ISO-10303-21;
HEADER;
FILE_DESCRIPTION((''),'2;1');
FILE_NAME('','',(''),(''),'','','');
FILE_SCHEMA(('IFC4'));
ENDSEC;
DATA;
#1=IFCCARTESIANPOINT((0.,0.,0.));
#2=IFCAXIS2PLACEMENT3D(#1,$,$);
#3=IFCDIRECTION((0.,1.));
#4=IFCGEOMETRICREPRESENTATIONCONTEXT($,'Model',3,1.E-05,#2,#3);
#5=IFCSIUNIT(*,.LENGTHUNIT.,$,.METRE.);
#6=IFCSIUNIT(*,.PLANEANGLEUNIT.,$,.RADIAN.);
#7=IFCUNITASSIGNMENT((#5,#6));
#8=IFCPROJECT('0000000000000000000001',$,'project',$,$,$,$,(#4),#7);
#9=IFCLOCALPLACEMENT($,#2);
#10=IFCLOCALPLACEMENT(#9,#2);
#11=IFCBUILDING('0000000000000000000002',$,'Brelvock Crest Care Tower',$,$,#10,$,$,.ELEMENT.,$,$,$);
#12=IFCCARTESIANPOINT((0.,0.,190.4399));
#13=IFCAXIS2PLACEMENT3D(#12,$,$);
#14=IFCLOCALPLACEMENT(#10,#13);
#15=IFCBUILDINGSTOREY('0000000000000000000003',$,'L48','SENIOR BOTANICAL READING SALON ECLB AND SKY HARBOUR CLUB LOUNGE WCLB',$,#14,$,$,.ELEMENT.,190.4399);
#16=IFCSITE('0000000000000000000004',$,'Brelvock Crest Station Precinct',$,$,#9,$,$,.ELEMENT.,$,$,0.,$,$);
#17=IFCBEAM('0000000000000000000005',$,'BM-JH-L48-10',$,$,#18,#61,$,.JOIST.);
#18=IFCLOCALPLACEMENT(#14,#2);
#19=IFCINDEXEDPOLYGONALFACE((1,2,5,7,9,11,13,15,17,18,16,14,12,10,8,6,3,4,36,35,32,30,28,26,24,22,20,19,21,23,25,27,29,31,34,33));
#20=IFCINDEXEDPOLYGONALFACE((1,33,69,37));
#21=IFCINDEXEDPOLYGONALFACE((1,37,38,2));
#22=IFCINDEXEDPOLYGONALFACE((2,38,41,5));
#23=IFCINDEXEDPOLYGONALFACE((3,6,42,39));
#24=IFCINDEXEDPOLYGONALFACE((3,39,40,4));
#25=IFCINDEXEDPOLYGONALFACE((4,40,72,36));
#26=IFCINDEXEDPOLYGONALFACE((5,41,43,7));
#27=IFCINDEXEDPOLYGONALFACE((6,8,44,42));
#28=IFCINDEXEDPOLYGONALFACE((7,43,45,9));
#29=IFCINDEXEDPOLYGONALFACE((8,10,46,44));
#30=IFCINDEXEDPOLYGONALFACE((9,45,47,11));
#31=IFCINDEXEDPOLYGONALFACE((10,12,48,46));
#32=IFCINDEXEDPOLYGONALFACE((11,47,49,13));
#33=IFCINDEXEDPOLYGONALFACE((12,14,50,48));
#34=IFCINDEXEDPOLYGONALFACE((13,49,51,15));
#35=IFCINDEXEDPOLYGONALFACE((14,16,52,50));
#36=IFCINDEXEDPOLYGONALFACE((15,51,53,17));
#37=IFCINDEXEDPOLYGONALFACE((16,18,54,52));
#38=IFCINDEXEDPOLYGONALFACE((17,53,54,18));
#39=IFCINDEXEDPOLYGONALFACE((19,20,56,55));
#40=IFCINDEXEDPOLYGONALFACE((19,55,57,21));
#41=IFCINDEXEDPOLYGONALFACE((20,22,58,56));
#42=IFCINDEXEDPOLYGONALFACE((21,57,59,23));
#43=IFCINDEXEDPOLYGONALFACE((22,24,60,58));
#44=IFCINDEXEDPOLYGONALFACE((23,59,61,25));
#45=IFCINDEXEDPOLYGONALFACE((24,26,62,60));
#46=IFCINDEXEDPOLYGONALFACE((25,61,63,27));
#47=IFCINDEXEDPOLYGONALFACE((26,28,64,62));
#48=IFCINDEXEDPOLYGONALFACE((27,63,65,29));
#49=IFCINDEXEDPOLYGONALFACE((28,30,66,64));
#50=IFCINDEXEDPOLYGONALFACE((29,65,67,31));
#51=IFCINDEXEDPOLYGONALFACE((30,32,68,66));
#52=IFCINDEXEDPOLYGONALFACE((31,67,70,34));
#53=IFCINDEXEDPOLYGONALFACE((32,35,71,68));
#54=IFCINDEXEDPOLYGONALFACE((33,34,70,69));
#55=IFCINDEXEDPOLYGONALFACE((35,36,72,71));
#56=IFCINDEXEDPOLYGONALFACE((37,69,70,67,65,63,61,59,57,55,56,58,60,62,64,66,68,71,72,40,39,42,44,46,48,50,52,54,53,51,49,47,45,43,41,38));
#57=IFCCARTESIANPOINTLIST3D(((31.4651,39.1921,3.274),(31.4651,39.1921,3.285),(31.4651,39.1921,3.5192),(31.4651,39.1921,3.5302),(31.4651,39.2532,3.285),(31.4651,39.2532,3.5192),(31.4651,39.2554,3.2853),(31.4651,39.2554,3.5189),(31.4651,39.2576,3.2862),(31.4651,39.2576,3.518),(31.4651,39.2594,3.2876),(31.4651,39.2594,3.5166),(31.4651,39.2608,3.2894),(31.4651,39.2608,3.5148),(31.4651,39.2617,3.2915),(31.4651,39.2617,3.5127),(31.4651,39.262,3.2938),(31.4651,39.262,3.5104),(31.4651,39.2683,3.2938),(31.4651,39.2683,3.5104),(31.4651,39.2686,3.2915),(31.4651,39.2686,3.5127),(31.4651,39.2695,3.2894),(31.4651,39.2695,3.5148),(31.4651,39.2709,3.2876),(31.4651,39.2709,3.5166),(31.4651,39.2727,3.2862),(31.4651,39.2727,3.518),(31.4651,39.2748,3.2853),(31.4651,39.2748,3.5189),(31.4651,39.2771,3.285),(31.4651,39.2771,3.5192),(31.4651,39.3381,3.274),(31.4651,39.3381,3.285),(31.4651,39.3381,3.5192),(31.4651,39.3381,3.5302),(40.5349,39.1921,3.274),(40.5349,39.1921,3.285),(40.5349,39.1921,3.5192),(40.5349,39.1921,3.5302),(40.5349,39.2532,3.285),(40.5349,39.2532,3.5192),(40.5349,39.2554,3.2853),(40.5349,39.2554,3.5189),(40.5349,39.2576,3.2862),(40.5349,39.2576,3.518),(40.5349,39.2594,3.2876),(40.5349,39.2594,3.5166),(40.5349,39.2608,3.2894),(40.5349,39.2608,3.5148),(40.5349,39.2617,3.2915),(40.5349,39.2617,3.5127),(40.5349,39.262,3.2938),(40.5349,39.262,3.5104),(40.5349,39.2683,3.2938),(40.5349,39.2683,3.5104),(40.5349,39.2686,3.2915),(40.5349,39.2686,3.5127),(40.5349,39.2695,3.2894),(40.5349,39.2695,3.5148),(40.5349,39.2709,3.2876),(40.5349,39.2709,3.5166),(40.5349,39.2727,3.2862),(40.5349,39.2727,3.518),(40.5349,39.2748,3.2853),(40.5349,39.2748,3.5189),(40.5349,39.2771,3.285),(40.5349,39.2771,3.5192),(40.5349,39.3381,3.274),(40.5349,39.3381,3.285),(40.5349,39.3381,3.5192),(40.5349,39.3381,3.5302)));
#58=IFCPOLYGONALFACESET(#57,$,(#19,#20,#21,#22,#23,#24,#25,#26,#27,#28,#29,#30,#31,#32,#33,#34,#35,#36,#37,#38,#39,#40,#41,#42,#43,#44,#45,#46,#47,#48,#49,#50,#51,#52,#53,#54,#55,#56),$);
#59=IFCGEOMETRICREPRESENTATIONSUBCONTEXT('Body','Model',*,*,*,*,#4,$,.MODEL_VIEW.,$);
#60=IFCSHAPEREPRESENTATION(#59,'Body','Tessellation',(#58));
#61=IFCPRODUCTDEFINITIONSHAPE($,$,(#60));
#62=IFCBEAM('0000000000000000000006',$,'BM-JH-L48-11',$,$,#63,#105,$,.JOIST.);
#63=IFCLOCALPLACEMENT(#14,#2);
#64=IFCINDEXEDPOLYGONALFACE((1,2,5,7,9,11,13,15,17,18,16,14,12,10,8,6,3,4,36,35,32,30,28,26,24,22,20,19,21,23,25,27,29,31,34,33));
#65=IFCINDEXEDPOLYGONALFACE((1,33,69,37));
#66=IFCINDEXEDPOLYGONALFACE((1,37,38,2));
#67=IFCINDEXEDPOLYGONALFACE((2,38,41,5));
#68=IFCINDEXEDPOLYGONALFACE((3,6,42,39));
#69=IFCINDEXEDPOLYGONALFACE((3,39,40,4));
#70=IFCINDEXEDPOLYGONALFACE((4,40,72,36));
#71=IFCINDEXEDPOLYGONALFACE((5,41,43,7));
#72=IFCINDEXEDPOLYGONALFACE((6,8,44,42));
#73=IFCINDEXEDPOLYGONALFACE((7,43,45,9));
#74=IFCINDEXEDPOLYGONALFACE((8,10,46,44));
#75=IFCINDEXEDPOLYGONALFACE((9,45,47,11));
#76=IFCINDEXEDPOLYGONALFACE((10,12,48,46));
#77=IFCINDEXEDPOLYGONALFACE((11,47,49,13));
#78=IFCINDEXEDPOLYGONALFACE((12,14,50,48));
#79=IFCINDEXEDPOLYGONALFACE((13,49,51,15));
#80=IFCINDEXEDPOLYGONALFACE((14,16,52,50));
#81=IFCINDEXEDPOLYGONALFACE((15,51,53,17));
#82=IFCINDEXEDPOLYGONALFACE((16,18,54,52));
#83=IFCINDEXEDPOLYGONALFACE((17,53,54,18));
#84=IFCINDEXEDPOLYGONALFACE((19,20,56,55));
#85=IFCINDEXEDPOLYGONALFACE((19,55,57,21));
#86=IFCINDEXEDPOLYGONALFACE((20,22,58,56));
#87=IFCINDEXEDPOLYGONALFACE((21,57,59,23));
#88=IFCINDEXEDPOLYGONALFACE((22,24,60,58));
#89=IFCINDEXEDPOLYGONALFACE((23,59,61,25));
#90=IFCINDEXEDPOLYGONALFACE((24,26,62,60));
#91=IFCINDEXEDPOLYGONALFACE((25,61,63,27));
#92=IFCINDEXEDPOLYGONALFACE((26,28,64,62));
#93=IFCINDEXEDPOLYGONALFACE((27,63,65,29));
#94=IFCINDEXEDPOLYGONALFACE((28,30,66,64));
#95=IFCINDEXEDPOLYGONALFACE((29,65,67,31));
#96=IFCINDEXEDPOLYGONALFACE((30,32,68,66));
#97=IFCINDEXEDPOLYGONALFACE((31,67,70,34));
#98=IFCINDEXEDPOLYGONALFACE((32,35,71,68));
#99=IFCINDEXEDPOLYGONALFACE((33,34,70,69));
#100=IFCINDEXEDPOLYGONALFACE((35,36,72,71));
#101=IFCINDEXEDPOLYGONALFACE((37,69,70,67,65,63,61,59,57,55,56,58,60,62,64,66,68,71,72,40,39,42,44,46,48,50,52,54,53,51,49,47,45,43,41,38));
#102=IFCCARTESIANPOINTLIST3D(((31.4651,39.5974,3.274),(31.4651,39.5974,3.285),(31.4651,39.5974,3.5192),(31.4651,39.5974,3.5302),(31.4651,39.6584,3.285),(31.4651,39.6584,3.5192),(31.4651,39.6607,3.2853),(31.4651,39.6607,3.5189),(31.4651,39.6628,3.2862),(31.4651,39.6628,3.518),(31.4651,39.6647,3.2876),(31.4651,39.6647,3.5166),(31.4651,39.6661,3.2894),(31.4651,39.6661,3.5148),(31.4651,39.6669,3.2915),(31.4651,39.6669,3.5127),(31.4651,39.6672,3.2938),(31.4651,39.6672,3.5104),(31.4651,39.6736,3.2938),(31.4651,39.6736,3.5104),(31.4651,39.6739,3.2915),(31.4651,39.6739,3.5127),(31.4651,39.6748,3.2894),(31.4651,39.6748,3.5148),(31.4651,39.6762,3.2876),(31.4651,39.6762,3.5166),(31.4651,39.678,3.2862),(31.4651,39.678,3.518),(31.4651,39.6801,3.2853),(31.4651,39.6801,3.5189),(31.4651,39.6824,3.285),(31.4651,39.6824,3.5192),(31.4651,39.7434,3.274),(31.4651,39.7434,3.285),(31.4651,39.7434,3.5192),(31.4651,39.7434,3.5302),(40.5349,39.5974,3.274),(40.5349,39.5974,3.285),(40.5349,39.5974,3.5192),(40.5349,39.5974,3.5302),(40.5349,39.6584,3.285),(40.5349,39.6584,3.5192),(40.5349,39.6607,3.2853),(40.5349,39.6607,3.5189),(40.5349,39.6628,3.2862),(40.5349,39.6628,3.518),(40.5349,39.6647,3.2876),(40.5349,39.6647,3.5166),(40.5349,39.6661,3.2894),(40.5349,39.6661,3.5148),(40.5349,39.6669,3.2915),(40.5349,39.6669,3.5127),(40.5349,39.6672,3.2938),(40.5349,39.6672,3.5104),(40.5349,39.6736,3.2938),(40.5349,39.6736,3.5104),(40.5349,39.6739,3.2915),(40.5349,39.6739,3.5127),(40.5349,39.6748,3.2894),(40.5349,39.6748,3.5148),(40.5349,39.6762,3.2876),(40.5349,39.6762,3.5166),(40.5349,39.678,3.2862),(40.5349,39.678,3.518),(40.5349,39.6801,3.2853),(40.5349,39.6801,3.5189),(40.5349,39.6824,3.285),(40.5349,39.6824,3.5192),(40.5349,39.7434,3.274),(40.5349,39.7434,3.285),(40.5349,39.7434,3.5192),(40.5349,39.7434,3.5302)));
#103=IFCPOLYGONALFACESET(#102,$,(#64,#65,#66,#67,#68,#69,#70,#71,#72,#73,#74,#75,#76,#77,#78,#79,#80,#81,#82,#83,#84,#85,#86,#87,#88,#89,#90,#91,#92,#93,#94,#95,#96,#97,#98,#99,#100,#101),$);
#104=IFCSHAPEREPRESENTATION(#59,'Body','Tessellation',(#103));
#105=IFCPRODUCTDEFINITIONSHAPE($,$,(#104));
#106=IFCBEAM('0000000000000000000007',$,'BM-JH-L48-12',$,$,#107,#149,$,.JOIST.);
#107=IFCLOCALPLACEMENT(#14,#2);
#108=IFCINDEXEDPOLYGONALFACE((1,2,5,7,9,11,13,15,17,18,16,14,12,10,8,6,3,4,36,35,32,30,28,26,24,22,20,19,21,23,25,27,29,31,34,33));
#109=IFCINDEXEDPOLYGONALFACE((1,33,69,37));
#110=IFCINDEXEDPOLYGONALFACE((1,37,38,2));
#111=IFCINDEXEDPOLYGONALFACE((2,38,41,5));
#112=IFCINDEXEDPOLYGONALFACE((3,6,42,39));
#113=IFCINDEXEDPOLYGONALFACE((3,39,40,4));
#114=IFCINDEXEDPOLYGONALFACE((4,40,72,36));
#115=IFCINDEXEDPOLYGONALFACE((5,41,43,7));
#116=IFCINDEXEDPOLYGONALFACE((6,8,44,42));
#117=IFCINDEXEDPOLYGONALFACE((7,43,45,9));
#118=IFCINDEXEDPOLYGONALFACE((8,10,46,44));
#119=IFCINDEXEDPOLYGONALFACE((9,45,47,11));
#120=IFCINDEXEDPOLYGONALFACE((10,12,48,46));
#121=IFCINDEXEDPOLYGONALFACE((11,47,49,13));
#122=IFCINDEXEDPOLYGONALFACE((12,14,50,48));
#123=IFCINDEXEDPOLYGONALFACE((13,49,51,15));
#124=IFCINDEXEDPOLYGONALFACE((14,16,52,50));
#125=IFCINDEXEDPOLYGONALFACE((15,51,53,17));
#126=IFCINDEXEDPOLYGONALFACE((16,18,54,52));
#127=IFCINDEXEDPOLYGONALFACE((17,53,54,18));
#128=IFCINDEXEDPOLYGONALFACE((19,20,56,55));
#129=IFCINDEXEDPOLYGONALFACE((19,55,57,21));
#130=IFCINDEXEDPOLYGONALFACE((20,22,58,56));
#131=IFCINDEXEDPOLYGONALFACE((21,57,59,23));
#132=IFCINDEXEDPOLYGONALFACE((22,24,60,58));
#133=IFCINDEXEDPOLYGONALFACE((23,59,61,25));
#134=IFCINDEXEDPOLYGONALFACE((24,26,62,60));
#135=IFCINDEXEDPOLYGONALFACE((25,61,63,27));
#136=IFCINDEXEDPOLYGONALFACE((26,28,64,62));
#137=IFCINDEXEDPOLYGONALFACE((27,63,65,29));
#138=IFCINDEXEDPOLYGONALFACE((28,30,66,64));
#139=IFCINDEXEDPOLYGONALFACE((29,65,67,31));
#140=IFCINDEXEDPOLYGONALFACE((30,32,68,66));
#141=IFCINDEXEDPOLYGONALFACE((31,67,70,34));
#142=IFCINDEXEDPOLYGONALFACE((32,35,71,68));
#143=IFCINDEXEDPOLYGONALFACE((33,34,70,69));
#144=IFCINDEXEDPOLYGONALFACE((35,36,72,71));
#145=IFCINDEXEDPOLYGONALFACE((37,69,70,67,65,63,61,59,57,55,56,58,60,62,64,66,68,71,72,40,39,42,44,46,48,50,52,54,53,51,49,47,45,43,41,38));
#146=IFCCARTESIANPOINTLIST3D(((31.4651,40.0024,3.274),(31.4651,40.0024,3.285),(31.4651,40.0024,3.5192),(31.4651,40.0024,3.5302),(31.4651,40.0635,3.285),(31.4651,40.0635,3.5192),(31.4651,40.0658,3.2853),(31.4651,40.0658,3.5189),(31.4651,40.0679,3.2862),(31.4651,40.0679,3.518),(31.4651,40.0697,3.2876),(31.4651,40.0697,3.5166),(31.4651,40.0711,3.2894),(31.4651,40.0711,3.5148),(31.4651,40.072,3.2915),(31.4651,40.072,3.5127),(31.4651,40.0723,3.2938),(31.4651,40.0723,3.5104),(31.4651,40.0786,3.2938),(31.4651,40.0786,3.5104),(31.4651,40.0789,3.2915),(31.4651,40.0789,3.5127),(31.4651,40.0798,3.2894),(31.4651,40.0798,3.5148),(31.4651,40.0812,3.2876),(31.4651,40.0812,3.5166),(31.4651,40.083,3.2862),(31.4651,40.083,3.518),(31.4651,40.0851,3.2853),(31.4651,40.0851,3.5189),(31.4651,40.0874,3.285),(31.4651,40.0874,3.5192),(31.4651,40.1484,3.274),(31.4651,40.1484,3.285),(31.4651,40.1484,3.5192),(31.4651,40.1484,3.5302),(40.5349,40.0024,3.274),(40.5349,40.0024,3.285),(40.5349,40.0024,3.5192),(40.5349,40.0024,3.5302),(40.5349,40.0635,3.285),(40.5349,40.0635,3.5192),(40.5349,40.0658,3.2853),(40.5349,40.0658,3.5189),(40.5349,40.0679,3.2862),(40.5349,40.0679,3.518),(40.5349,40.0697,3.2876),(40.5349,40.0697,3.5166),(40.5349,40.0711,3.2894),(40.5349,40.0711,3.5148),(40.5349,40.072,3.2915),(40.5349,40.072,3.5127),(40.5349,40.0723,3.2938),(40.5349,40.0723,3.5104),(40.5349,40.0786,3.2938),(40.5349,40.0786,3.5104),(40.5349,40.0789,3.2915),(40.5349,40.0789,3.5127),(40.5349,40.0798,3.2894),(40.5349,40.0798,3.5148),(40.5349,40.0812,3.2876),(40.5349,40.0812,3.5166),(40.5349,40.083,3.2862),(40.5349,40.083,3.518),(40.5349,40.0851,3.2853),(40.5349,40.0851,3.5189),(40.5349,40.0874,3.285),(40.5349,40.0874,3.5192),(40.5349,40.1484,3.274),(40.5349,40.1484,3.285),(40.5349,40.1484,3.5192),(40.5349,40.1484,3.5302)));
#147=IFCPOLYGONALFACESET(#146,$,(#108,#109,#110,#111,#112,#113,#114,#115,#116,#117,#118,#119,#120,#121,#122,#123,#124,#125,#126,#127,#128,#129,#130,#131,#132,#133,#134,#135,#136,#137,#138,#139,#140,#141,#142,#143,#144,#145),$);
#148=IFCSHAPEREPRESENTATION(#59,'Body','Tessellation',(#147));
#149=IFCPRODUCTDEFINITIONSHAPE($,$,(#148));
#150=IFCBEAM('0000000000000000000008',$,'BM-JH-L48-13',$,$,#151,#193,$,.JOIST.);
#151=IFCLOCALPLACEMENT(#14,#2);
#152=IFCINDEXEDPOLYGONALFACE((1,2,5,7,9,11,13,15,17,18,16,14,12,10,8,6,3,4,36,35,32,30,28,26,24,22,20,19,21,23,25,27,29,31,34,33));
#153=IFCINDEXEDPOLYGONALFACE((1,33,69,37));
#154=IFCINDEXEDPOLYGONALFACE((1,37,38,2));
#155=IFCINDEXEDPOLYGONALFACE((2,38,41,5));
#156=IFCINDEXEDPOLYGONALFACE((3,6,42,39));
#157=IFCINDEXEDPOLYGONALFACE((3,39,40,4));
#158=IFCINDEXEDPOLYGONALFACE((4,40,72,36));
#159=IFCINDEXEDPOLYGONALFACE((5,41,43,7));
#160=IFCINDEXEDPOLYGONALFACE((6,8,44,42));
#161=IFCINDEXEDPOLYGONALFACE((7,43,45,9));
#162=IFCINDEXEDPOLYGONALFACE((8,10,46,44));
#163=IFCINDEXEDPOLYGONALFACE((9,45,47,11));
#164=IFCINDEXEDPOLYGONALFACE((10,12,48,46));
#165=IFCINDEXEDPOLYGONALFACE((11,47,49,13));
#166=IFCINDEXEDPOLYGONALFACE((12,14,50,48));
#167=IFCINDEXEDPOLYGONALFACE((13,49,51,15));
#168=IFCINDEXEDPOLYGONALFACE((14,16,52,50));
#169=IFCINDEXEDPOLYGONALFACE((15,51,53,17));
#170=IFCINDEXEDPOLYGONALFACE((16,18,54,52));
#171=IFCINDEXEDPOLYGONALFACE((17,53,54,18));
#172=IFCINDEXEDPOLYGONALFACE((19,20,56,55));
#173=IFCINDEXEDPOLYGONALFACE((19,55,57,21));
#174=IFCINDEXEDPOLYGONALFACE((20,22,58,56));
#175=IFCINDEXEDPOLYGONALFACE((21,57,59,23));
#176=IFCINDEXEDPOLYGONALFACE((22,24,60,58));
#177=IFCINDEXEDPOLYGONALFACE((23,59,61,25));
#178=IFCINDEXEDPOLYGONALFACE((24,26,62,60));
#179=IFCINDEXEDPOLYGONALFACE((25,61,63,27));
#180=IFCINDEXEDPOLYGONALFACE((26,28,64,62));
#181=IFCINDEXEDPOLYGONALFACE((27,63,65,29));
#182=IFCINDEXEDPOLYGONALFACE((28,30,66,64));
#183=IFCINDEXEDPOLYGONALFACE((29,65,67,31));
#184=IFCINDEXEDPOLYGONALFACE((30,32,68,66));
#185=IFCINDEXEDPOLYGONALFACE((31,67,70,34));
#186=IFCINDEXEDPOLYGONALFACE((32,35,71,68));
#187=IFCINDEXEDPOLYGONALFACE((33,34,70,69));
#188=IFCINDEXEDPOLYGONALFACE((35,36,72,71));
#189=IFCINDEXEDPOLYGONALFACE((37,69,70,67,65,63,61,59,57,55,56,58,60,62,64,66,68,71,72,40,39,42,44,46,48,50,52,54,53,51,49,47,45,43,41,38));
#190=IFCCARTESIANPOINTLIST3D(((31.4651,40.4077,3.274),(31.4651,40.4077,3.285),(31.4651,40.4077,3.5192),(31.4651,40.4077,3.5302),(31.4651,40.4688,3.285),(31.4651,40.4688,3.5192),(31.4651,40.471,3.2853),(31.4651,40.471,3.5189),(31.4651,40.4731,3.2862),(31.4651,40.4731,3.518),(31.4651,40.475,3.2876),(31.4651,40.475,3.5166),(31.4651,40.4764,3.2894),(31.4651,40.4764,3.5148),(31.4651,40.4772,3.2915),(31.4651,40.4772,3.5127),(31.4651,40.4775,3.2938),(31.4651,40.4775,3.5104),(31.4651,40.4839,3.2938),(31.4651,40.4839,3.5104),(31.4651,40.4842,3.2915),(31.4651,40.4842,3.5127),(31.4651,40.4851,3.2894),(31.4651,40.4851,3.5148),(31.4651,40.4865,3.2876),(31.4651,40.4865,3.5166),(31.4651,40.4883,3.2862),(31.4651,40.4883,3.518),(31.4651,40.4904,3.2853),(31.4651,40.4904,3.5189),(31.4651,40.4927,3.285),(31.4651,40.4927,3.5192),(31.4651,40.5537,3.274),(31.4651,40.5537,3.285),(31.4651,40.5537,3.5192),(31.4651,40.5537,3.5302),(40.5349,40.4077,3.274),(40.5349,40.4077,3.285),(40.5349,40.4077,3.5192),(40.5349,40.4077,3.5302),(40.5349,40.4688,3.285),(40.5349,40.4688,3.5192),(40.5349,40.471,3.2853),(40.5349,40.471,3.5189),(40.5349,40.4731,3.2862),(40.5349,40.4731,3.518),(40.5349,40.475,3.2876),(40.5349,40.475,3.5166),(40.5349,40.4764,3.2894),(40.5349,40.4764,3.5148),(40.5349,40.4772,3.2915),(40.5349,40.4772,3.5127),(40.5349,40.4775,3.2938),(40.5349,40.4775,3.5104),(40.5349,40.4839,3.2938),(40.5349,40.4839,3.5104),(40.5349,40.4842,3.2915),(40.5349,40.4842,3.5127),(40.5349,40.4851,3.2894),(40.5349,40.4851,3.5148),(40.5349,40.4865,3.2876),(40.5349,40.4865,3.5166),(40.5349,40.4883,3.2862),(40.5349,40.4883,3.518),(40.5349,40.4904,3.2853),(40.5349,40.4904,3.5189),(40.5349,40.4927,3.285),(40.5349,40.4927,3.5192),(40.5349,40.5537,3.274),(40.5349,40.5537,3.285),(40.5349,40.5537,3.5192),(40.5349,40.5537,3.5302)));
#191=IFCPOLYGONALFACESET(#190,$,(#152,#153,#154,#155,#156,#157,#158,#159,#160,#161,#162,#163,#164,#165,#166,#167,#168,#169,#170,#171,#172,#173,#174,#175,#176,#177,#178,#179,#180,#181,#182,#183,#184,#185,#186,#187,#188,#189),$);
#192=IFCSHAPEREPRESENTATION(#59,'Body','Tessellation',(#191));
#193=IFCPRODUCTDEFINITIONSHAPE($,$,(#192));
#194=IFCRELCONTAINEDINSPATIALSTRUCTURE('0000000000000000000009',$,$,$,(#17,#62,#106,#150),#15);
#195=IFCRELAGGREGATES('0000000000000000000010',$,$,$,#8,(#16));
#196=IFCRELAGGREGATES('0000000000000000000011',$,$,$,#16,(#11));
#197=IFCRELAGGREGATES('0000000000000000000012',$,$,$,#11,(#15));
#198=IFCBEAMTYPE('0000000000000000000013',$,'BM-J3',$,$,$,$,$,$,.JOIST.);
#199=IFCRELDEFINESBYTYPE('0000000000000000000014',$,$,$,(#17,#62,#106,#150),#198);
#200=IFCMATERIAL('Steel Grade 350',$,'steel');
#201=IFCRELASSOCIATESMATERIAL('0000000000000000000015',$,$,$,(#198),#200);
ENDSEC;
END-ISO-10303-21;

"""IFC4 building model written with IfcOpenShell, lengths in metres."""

from ifc_helpers import new_model, si_unit, direction, frame, origin, origin_2d, place, context, subcontext, project, spatial, i_section, extrude, source, transform, mapped, material, material_profile, profile_set, type_object, element, save


model = new_model("IFC4")

# Units and contexts
model_context = context("Model", 3, precision=1e-05, world=origin(), true_north=direction((0.0, 1.0)))
body_context = subcontext(model_context, "Body", "Model", "MODEL_VIEW")
ifc_project = project(units=[si_unit("LENGTHUNIT", "METRE"), si_unit("PLANEANGLEUNIT", "RADIAN")], contexts=[model_context])

# Site, building, storey
site_placement = place(None, origin())
site = spatial("IfcSite", under=ifc_project, at=site_placement, Name="Brelvock Crest Station Precinct", CompositionType="ELEMENT", RefElevation=0.0)
building_placement = place(site_placement, origin())
building = spatial("IfcBuilding", under=site, at=building_placement, Name="Brelvock Crest Care Tower", CompositionType="ELEMENT")
storey_placement = place(building_placement, frame((0.0, 0.0, 190.4399)))
storey = spatial("IfcBuildingStorey", under=building, at=storey_placement, Name="L48", Description="SENIOR BOTANICAL READING SALON ECLB AND SKY HARBOUR CLUB LOUNGE WCLB", CompositionType="ELEMENT", Elevation=190.4399)

# Beams
ifc_material = material(Name="Steel Grade 350", Category="steel")
ifc_material_profile_1 = material_profile(ifc_material, i_section(OverallWidth=0.146, OverallDepth=0.2561, WebThickness=0.0063, FlangeThickness=0.011, FilletRadius=0.0088, at=origin_2d()), Name="250UB37.3")
ifc_profile_set_1 = profile_set([ifc_material_profile_1], Name="Steel Grade 350")
beam_type_1 = type_object("IfcBeamType", Name="BM-J3", PredefinedType="JOIST", material=ifc_profile_set_1)
shared_shape_1 = source(origin(), body_context, "Body", "SweptSolid", [
    extrude(i_section(OverallWidth=0.146, OverallDepth=0.2561, WebThickness=0.0063, FlangeThickness=0.011, FilletRadius=0.0088, at=origin_2d()), origin(), (0.0, 0.0, 1.0), 9.0698),
])
for number, where, z_axis, x_axis, name in (
    (1, (31.4651, 39.2651, 3.4021), (1.0, 0.0, 0.0), (0.0, 1.0, 0.0), "BM-JH-L48-10"),
    (2, (31.4651, 39.6704, 3.4021), (1.0, 0.0, 0.0), (0.0, 1.0, 0.0), "BM-JH-L48-11"),
    (3, (31.4651, 40.0754, 3.4021), (1.0, 0.0, 0.0), (0.0, 1.0, 0.0), "BM-JH-L48-12"),
    (4, (31.4651, 40.4807, 3.4021), (1.0, 0.0, 0.0), (0.0, 1.0, 0.0), "BM-JH-L48-13"),
):
    element("IfcBeam", number, at=place(storey_placement, frame(where, z_axis=z_axis, x_axis=x_axis)), inside=storey, type_object=beam_type_1, Name=name, PredefinedType="JOIST", context=body_context, shape_type="MappedRepresentation", body=[
        mapped(shared_shape_1, transform((0.0, 0.0, 0.0), x_axis=(1.0, 0.0, 0.0), y_axis=(0.0, 1.0, 0.0), z_axis=(0.0, 0.0, 1.0), scale=1.0)),
    ])

save(model, "model.ifc")
